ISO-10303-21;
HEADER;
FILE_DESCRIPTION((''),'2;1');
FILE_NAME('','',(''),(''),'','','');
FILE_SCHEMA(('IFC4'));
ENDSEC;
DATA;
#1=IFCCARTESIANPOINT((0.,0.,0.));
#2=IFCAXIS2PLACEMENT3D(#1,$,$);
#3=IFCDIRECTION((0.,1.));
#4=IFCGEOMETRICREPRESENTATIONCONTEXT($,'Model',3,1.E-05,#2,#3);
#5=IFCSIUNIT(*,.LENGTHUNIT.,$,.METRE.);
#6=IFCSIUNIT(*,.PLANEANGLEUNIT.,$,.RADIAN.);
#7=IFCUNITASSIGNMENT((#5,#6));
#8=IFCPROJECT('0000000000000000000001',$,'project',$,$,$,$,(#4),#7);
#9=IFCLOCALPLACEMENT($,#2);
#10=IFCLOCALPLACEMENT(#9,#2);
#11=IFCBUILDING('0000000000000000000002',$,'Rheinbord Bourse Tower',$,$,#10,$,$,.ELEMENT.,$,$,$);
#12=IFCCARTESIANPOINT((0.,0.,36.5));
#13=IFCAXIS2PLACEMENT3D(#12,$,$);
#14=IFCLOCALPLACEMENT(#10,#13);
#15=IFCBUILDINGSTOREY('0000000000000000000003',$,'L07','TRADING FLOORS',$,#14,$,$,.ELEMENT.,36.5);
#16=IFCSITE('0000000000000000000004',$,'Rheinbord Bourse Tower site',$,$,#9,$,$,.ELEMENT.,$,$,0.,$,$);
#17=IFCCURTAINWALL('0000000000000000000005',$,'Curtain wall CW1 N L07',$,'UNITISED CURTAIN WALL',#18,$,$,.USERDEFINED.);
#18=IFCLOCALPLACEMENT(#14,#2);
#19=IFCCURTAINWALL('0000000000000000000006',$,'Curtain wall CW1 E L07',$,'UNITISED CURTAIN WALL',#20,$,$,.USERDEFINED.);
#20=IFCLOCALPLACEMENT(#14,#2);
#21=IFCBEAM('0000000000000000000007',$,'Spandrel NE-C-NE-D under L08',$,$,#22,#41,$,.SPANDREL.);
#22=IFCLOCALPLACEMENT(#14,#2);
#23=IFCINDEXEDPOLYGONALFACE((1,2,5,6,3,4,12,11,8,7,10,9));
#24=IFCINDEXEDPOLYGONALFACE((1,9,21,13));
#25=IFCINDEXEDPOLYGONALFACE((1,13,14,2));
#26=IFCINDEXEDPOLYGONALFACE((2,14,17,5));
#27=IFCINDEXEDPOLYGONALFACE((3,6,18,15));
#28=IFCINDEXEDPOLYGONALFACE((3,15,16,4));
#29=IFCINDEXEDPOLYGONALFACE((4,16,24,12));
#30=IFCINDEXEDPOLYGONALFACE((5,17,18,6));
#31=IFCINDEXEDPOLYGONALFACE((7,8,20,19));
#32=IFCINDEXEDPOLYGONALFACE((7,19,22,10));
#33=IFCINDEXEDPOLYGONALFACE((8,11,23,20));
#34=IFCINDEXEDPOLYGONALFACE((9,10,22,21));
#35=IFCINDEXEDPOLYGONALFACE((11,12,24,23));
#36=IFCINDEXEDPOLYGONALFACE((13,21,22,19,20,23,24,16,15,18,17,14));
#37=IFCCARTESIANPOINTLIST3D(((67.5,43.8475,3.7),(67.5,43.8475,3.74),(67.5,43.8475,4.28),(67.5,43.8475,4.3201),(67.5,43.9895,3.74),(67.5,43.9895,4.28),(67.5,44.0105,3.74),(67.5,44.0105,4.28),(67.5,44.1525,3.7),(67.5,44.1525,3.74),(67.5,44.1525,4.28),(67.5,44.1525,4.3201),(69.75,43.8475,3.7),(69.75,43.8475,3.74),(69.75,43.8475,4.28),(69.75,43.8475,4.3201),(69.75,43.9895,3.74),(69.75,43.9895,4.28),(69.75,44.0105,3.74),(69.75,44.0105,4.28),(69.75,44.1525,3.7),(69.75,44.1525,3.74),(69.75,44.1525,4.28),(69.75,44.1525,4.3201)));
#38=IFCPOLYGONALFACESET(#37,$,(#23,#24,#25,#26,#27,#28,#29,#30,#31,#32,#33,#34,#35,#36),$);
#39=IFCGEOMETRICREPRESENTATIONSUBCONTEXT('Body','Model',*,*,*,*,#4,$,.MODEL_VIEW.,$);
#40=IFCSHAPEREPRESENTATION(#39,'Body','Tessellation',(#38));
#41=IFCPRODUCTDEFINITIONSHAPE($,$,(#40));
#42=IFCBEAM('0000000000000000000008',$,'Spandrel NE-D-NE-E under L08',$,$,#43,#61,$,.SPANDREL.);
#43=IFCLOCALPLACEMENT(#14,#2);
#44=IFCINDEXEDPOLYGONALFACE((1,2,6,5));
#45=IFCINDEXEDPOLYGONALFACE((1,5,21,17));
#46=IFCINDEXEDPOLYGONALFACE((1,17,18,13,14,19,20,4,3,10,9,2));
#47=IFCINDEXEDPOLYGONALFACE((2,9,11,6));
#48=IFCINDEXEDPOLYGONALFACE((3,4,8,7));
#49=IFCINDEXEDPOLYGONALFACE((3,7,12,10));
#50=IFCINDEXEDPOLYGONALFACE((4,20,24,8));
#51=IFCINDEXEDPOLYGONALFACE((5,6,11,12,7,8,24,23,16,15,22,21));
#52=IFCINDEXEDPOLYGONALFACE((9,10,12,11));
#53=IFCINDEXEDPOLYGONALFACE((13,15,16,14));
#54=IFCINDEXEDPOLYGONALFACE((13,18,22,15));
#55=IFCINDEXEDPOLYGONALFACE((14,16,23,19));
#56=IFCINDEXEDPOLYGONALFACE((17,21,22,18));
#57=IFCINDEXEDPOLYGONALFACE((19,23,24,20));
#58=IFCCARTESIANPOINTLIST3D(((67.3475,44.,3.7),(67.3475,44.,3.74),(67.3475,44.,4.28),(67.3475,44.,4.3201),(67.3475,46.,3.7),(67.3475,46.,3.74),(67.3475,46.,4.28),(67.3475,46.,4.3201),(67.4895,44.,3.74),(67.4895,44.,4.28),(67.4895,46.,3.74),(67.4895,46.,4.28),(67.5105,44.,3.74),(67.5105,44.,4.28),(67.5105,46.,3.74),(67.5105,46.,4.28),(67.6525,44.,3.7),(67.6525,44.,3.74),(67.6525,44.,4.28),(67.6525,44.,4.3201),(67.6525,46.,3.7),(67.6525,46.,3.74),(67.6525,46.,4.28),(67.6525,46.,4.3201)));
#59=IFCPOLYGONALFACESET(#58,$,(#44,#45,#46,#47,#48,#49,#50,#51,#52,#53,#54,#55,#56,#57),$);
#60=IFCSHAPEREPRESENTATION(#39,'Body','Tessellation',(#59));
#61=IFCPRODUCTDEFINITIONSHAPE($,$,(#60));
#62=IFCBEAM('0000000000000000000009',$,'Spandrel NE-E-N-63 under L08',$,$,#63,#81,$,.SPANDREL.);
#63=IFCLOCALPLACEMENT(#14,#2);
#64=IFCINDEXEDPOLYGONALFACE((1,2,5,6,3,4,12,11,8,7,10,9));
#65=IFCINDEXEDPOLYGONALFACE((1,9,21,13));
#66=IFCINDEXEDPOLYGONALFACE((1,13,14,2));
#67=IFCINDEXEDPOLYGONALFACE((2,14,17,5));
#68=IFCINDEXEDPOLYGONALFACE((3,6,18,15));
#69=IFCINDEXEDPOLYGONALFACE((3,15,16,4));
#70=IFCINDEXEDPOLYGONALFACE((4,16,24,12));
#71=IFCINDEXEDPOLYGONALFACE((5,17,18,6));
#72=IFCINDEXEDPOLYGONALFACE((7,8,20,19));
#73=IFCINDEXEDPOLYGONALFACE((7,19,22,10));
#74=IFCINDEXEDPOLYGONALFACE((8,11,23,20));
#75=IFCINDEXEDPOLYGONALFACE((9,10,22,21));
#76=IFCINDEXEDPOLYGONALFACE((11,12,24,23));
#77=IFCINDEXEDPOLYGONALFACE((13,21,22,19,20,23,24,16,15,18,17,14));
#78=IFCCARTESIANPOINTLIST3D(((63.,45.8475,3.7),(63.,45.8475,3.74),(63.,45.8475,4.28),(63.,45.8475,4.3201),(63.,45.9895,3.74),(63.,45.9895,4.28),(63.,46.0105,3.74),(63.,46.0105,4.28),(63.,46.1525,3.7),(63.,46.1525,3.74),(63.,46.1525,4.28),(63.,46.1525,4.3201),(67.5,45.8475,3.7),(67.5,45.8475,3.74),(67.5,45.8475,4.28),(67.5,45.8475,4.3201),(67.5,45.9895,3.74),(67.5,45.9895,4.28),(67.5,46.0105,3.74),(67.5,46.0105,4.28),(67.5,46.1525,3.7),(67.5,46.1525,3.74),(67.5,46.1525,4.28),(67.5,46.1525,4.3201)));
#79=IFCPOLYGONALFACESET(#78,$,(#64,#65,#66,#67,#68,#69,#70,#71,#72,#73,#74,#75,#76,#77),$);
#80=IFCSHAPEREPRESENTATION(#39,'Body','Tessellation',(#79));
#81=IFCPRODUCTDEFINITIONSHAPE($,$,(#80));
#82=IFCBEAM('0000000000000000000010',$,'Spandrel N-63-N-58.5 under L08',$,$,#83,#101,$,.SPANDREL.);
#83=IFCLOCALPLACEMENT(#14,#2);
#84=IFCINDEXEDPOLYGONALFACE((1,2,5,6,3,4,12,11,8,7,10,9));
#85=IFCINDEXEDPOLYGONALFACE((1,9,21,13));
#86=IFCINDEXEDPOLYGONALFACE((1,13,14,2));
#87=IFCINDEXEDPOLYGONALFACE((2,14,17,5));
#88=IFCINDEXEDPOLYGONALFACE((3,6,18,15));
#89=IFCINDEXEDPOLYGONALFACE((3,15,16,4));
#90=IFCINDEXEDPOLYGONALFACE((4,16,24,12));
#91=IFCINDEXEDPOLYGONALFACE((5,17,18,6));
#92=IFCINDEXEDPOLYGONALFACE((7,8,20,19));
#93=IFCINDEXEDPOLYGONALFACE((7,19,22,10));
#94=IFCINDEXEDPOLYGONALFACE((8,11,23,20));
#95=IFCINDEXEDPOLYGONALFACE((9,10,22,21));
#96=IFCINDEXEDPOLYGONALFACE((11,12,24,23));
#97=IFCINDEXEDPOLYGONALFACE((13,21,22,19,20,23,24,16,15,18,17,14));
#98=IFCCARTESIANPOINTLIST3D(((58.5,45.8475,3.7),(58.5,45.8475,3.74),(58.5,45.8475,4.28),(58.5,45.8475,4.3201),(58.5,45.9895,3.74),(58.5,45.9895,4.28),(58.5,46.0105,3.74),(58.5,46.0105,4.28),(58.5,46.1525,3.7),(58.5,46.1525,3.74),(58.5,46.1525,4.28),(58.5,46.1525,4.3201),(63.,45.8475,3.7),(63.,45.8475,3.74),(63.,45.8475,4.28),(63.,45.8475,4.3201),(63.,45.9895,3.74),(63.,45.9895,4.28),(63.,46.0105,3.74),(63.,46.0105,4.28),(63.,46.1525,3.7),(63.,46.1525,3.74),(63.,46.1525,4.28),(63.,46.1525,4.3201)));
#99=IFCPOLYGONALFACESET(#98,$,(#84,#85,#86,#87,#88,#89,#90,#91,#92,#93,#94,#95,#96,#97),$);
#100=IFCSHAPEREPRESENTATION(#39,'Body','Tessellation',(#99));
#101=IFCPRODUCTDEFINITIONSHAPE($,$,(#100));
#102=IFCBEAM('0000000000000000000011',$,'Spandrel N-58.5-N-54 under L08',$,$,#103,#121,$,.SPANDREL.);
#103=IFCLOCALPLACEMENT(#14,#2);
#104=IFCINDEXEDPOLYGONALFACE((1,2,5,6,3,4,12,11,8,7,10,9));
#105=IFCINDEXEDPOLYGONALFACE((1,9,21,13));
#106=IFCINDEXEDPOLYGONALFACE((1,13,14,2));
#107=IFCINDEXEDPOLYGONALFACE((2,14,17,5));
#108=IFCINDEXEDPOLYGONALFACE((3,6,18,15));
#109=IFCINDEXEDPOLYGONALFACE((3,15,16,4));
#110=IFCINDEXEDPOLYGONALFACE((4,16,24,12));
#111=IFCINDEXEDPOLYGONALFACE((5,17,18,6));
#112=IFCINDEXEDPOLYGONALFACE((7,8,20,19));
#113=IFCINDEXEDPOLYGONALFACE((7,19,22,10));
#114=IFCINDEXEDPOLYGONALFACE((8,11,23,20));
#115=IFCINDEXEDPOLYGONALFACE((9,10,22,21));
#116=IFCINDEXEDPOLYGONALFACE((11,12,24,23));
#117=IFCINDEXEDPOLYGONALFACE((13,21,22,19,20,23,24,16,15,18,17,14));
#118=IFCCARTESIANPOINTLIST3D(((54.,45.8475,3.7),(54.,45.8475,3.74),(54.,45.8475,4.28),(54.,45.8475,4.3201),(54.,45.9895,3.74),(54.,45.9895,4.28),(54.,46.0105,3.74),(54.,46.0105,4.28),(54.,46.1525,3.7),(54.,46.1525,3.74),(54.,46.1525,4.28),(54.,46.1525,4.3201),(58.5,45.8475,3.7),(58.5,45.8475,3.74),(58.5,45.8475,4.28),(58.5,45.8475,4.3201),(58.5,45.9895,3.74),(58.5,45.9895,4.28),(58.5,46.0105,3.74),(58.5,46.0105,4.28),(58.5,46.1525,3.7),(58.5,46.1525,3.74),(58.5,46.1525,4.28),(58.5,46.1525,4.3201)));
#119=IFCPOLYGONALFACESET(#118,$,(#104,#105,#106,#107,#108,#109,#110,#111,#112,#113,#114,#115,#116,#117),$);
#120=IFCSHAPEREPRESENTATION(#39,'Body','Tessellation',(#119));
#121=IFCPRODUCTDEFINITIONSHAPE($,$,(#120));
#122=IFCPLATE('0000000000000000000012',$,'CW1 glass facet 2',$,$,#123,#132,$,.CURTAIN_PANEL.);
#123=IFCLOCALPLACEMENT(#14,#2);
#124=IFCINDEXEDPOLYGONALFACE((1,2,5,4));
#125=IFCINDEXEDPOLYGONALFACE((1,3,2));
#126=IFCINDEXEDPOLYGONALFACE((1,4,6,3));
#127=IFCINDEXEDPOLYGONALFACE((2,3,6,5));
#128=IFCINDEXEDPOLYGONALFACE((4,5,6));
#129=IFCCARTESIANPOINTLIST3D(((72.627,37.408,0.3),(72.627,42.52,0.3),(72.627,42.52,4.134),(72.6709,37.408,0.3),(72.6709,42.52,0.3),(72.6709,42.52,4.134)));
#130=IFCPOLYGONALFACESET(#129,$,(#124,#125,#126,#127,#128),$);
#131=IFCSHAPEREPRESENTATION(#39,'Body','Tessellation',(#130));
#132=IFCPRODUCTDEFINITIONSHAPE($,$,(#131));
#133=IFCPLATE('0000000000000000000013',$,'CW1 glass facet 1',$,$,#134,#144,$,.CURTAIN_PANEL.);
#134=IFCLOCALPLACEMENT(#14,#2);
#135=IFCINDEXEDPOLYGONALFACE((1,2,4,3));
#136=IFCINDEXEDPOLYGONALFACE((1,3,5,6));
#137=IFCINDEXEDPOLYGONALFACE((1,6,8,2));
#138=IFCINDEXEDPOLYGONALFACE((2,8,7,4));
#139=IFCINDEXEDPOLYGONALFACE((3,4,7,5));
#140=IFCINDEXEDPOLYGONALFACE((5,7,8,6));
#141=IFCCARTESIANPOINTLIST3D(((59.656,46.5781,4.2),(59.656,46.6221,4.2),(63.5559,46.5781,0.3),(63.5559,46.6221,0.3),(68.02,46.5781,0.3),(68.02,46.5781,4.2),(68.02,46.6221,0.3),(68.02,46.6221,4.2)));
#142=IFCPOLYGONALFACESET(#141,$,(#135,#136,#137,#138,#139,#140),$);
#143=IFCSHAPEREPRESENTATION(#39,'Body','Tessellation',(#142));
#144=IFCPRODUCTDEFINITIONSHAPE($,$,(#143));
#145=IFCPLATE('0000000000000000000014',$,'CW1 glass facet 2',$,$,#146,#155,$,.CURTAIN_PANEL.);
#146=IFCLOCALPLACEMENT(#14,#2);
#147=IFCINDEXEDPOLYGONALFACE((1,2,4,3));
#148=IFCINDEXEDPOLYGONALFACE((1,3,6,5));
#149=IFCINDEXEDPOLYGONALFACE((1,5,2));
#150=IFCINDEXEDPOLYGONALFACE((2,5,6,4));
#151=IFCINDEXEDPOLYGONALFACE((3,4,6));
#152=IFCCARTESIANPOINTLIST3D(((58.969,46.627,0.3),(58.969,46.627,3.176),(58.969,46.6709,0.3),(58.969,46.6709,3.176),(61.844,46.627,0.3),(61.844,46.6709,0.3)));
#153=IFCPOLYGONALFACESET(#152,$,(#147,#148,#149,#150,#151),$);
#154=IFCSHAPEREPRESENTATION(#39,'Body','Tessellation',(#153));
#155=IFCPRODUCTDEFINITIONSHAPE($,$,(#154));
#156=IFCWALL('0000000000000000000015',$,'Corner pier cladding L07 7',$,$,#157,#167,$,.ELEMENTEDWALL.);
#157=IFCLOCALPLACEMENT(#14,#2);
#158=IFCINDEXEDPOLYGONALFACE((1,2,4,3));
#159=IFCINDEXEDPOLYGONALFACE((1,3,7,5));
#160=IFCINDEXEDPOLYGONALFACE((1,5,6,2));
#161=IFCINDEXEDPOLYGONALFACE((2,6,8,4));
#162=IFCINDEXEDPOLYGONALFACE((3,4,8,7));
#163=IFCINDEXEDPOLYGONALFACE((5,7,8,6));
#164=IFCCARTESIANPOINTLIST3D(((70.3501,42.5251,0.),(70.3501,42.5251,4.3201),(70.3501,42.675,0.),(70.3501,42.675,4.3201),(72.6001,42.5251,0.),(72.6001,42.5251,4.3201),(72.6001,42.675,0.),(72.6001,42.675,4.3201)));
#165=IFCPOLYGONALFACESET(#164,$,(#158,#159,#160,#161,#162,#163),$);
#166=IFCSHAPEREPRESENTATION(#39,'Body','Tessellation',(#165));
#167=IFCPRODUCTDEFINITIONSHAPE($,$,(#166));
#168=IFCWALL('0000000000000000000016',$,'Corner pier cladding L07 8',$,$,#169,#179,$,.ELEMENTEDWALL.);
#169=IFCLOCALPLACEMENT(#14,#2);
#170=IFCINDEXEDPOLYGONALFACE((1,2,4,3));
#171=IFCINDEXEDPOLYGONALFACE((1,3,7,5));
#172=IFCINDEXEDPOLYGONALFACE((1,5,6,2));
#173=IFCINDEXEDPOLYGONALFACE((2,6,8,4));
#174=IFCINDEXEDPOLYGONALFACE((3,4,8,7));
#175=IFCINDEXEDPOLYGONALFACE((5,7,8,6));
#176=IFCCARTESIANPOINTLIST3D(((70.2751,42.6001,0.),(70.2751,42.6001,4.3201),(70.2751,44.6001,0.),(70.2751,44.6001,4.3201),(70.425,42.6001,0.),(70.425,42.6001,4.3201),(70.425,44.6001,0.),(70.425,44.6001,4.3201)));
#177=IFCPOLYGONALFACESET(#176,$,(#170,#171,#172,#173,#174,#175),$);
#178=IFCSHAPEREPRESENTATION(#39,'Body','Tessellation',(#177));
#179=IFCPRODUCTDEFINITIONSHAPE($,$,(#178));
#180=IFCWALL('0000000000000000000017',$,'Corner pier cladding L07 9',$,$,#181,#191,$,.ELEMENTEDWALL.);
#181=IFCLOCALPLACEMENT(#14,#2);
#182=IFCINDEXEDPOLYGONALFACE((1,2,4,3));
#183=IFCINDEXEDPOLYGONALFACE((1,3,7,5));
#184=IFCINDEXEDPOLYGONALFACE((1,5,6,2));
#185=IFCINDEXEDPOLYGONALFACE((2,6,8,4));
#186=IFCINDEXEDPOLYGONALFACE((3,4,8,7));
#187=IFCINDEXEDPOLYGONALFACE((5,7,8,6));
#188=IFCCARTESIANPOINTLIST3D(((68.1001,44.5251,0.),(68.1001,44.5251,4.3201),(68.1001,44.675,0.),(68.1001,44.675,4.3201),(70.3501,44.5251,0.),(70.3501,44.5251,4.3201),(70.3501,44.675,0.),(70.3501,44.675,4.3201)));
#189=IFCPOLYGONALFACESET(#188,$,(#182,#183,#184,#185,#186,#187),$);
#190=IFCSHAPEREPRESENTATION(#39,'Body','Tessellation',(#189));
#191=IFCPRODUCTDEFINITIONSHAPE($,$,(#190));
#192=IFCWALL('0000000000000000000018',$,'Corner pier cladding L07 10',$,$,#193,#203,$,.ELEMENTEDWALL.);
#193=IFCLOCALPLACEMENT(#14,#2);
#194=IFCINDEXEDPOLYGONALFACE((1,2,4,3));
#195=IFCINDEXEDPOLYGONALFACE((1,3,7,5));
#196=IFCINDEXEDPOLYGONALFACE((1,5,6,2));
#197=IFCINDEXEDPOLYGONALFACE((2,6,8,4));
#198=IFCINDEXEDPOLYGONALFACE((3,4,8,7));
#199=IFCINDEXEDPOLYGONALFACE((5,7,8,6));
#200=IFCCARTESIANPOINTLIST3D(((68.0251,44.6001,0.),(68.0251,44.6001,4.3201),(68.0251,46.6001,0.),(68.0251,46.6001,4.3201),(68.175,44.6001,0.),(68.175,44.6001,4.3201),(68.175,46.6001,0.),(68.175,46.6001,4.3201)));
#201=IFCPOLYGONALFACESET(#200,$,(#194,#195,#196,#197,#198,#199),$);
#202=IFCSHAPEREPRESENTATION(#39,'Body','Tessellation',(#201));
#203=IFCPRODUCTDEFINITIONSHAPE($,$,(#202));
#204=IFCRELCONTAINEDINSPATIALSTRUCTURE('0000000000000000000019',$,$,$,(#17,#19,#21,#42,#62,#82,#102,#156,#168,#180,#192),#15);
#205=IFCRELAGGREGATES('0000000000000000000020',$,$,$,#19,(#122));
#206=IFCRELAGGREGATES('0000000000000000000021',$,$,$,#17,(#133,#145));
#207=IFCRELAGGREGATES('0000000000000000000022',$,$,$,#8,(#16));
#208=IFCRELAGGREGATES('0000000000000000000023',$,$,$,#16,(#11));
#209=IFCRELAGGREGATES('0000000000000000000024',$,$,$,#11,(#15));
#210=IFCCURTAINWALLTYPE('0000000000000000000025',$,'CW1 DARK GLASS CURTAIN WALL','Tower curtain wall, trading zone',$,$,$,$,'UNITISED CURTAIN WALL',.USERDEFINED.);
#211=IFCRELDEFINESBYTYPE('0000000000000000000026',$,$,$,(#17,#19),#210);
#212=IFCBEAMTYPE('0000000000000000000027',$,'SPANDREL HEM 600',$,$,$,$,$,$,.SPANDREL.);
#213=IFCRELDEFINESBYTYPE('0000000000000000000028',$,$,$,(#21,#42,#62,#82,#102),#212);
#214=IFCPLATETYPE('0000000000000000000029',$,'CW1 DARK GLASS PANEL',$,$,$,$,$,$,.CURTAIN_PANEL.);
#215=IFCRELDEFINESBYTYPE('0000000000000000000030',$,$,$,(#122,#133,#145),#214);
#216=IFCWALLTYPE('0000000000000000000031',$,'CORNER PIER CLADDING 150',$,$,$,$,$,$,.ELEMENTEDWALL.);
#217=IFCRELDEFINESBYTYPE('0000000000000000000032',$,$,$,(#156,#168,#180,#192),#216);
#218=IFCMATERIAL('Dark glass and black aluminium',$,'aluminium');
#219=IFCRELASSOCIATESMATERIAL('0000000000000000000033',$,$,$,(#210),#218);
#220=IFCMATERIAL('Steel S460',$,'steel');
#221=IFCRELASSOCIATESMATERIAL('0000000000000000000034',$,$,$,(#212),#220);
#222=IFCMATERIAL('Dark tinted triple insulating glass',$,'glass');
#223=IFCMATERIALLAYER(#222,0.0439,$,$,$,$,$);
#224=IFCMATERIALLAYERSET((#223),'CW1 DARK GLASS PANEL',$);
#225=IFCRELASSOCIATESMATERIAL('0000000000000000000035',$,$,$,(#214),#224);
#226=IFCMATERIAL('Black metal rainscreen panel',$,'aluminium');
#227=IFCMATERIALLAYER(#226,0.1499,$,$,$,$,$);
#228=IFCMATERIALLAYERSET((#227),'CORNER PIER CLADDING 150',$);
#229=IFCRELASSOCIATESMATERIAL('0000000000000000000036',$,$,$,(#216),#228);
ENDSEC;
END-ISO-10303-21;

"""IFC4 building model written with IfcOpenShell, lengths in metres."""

from ifc_helpers import new_model, si_unit, direction, frame, frame_2d, origin, origin_2d, place, context, subcontext, project, spatial, polyline, rectangle, i_section, outline, extrude, material, layer, layer_set, material_profile, profile_set, type_object, element, aggregate, save


model = new_model("IFC4")

# Units and contexts
model_context = context("Model", 3, precision=1e-05, world=origin(), true_north=direction((0.0, 1.0)))
body_context = subcontext(model_context, "Body", "Model", "MODEL_VIEW")
ifc_project = project(units=[si_unit("LENGTHUNIT", "METRE"), si_unit("PLANEANGLEUNIT", "RADIAN")], contexts=[model_context])

# Site, building, storey
site_placement = place(None, origin())
site = spatial("IfcSite", under=ifc_project, at=site_placement, Name="Rheinbord Bourse Tower site", CompositionType="ELEMENT", RefElevation=0.0)
building_placement = place(site_placement, origin())
building = spatial("IfcBuilding", under=site, at=building_placement, Name="Rheinbord Bourse Tower", CompositionType="ELEMENT")
storey_placement = place(building_placement, frame((0.0, 0.0, 36.5)))
storey = spatial("IfcBuildingStorey", under=building, at=storey_placement, Name="L07", Description="TRADING FLOORS", CompositionType="ELEMENT", Elevation=36.5)

# Curtain walls
ifc_material_1 = material(Name="Dark glass and black aluminium", Category="aluminium")
curtain_wall_type = type_object("IfcCurtainWallType", Name="CW1 DARK GLASS CURTAIN WALL", Description="Tower curtain wall, trading zone", ElementType="UNITISED CURTAIN WALL", PredefinedType="USERDEFINED", material=ifc_material_1)
curtain_wall_1_placement = place(storey_placement, origin())
curtain_wall_1 = element("IfcCurtainWall", 1, at=curtain_wall_1_placement, inside=storey, type_object=curtain_wall_type, Name="Curtain wall CW1 N L07", ObjectType="UNITISED CURTAIN WALL", PredefinedType="USERDEFINED")
curtain_wall_2_placement = place(storey_placement, origin())
curtain_wall_2 = element("IfcCurtainWall", 2, at=curtain_wall_2_placement, inside=storey, type_object=curtain_wall_type, Name="Curtain wall CW1 E L07", ObjectType="UNITISED CURTAIN WALL", PredefinedType="USERDEFINED")

# Beams
ifc_material_2 = material(Name="Steel S460", Category="steel")
ifc_material_profile_1 = material_profile(ifc_material_2, i_section(OverallWidth=0.3049, OverallDepth=0.6201, WebThickness=0.021, FlangeThickness=0.04, at=origin_2d()), Name="HEM 600")
ifc_profile_set_1 = profile_set([ifc_material_profile_1], Name="Steel S460")
beam_type_1 = type_object("IfcBeamType", Name="SPANDREL HEM 600", PredefinedType="SPANDREL", material=ifc_profile_set_1)
for number, where, z_axis, x_axis, name in (
    (3, (69.75, 44.0, 4.01), (-1.0, 0.0, 0.0), (0.0, -1.0, 0.0), "Spandrel NE-C-NE-D under L08"),
):
    element("IfcBeam", number, at=place(storey_placement, frame(where, z_axis=z_axis, x_axis=x_axis)), inside=storey, type_object=beam_type_1, Name=name, PredefinedType="SPANDREL", context=body_context, shape_type="SweptSolid", body=[
        extrude(i_section(OverallWidth=0.3049, OverallDepth=0.6201, WebThickness=0.021, FlangeThickness=0.04, at=origin_2d()), origin(), (0.0, 0.0, 1.0), 2.25),
    ])
beam_placement = place(storey_placement, frame((67.5, 44.0, 4.01), z_axis=(0.0, 1.0, 0.0), x_axis=(-1.0, 0.0, 0.0)))
element("IfcBeam", 4, at=beam_placement, inside=storey, type_object=beam_type_1, Name="Spandrel NE-D-NE-E under L08", PredefinedType="SPANDREL", context=body_context, shape_type="SweptSolid", body=[
    extrude(i_section(OverallWidth=0.3049, OverallDepth=0.6201, WebThickness=0.021, FlangeThickness=0.04, at=origin_2d()), origin(), (0.0, 0.0, 1.0), 2.0),
])
for number, where, z_axis, x_axis, name in (
    (5, (67.5, 46.0, 4.01), (-1.0, 0.0, 0.0), (0.0, -1.0, 0.0), "Spandrel NE-E-N-63 under L08"),
    (6, (63.0, 46.0, 4.01), (-1.0, 0.0, 0.0), (0.0, -1.0, 0.0), "Spandrel N-63-N-58.5 under L08"),
    (7, (58.5, 46.0, 4.01), (-1.0, 0.0, 0.0), (0.0, -1.0, 0.0), "Spandrel N-58.5-N-54 under L08"),
):
    element("IfcBeam", number, at=place(storey_placement, frame(where, z_axis=z_axis, x_axis=x_axis)), inside=storey, type_object=beam_type_1, Name=name, PredefinedType="SPANDREL", context=body_context, shape_type="SweptSolid", body=[
        extrude(i_section(OverallWidth=0.3049, OverallDepth=0.6201, WebThickness=0.021, FlangeThickness=0.04, at=origin_2d()), origin(), (0.0, 0.0, 1.0), 4.5),
    ])

# Plates
ifc_material_3 = material(Name="Dark tinted triple insulating glass", Category="glass")
ifc_layer_1 = layer(ifc_material_3, 0.0439)
ifc_layer_set_1 = layer_set([ifc_layer_1], Name="CW1 DARK GLASS PANEL")
plate_type = type_object("IfcPlateType", Name="CW1 DARK GLASS PANEL", PredefinedType="CURTAIN_PANEL", material=ifc_layer_set_1)
plate_1_placement = place(storey_placement, frame((72.6709, 42.52, 0.3), z_axis=(-1.0, 0.0, 0.0), x_axis=(0.0, -1.0, 0.0)))
plate_1 = element("IfcPlate", 8, at=plate_1_placement, type_object=plate_type, Name="CW1 glass facet 2", PredefinedType="CURTAIN_PANEL", context=body_context, shape_type="SweptSolid", body=[
    extrude(outline(polyline([(0.0, 0.0), (5.1121, 0.0), (0.0, 3.834), (0.0, 0.0)])), origin(), (0.0, 0.0, 1.0), 0.0439),
])
aggregate(curtain_wall_2, [plate_1])
plate_2_placement = place(storey_placement, frame((68.02, 46.6221, 0.3), z_axis=(0.0, -1.0, 0.0), x_axis=(0.0, 0.0, 1.0)))
plate_2 = element("IfcPlate", 9, at=plate_2_placement, type_object=plate_type, Name="CW1 glass facet 1", PredefinedType="CURTAIN_PANEL", context=body_context, shape_type="SweptSolid", body=[
    extrude(outline(polyline([(0.0, 0.0), (3.8999, 0.0), (3.8999, 8.364), (0.0, 4.4641), (0.0, 0.0)])), origin(), (0.0, 0.0, 1.0), 0.0439),
])
plate_3_placement = place(storey_placement, frame((58.969, 46.6709, 0.3), z_axis=(0.0, -1.0, 0.0), x_axis=(1.0, 0.0, 0.0)))
plate_3 = element("IfcPlate", 10, at=plate_3_placement, type_object=plate_type, Name="CW1 glass facet 2", PredefinedType="CURTAIN_PANEL", context=body_context, shape_type="SweptSolid", body=[
    extrude(outline(polyline([(0.0, 0.0), (2.875, 0.0), (0.0, 2.876), (0.0, 0.0)])), origin(), (0.0, 0.0, 1.0), 0.0439),
])
aggregate(curtain_wall_1, [plate_2, plate_3])

# Walls
ifc_material_4 = material(Name="Black metal rainscreen panel", Category="aluminium")
ifc_layer_2 = layer(ifc_material_4, 0.1499)
ifc_layer_set_2 = layer_set([ifc_layer_2], Name="CORNER PIER CLADDING 150")
wall_type = type_object("IfcWallType", Name="CORNER PIER CLADDING 150", PredefinedType="ELEMENTEDWALL", material=ifc_layer_set_2)
wall_1_placement = place(storey_placement, frame((72.6001, 42.6001, 0.0), z_axis=(0.0, 0.0, 1.0), x_axis=(-1.0, 0.0, 0.0)))
element("IfcWall", 11, at=wall_1_placement, inside=storey, type_object=wall_type, Name="Corner pier cladding L07 7", PredefinedType="ELEMENTEDWALL", context=body_context, shape_type="SweptSolid", body=[
    extrude(rectangle(XDim=2.25, YDim=0.1499, at=frame_2d((1.125, 0.0))), origin(), (0.0, 0.0, 1.0), 4.3201),
])
wall_2_placement = place(storey_placement, frame((70.3501, 42.6001, 0.0), z_axis=(0.0, 0.0, 1.0), x_axis=(0.0, 1.0, 0.0)))
element("IfcWall", 12, at=wall_2_placement, inside=storey, type_object=wall_type, Name="Corner pier cladding L07 8", PredefinedType="ELEMENTEDWALL", context=body_context, shape_type="SweptSolid", body=[
    extrude(rectangle(XDim=2.0, YDim=0.1499, at=frame_2d((1.0, 0.0))), origin(), (0.0, 0.0, 1.0), 4.3201),
])
wall_3_placement = place(storey_placement, frame((70.3501, 44.6001, 0.0), z_axis=(0.0, 0.0, 1.0), x_axis=(-1.0, 0.0, 0.0)))
element("IfcWall", 13, at=wall_3_placement, inside=storey, type_object=wall_type, Name="Corner pier cladding L07 9", PredefinedType="ELEMENTEDWALL", context=body_context, shape_type="SweptSolid", body=[
    extrude(rectangle(XDim=2.25, YDim=0.1499, at=frame_2d((1.125, 0.0))), origin(), (0.0, 0.0, 1.0), 4.3201),
])
wall_4_placement = place(storey_placement, frame((68.1001, 44.6001, 0.0), z_axis=(0.0, 0.0, 1.0), x_axis=(0.0, 1.0, 0.0)))
element("IfcWall", 14, at=wall_4_placement, inside=storey, type_object=wall_type, Name="Corner pier cladding L07 10", PredefinedType="ELEMENTEDWALL", context=body_context, shape_type="SweptSolid", body=[
    extrude(rectangle(XDim=2.0, YDim=0.1499, at=frame_2d((1.0, 0.0))), origin(), (0.0, 0.0, 1.0), 4.3201),
])

save(model, "model.ifc")
